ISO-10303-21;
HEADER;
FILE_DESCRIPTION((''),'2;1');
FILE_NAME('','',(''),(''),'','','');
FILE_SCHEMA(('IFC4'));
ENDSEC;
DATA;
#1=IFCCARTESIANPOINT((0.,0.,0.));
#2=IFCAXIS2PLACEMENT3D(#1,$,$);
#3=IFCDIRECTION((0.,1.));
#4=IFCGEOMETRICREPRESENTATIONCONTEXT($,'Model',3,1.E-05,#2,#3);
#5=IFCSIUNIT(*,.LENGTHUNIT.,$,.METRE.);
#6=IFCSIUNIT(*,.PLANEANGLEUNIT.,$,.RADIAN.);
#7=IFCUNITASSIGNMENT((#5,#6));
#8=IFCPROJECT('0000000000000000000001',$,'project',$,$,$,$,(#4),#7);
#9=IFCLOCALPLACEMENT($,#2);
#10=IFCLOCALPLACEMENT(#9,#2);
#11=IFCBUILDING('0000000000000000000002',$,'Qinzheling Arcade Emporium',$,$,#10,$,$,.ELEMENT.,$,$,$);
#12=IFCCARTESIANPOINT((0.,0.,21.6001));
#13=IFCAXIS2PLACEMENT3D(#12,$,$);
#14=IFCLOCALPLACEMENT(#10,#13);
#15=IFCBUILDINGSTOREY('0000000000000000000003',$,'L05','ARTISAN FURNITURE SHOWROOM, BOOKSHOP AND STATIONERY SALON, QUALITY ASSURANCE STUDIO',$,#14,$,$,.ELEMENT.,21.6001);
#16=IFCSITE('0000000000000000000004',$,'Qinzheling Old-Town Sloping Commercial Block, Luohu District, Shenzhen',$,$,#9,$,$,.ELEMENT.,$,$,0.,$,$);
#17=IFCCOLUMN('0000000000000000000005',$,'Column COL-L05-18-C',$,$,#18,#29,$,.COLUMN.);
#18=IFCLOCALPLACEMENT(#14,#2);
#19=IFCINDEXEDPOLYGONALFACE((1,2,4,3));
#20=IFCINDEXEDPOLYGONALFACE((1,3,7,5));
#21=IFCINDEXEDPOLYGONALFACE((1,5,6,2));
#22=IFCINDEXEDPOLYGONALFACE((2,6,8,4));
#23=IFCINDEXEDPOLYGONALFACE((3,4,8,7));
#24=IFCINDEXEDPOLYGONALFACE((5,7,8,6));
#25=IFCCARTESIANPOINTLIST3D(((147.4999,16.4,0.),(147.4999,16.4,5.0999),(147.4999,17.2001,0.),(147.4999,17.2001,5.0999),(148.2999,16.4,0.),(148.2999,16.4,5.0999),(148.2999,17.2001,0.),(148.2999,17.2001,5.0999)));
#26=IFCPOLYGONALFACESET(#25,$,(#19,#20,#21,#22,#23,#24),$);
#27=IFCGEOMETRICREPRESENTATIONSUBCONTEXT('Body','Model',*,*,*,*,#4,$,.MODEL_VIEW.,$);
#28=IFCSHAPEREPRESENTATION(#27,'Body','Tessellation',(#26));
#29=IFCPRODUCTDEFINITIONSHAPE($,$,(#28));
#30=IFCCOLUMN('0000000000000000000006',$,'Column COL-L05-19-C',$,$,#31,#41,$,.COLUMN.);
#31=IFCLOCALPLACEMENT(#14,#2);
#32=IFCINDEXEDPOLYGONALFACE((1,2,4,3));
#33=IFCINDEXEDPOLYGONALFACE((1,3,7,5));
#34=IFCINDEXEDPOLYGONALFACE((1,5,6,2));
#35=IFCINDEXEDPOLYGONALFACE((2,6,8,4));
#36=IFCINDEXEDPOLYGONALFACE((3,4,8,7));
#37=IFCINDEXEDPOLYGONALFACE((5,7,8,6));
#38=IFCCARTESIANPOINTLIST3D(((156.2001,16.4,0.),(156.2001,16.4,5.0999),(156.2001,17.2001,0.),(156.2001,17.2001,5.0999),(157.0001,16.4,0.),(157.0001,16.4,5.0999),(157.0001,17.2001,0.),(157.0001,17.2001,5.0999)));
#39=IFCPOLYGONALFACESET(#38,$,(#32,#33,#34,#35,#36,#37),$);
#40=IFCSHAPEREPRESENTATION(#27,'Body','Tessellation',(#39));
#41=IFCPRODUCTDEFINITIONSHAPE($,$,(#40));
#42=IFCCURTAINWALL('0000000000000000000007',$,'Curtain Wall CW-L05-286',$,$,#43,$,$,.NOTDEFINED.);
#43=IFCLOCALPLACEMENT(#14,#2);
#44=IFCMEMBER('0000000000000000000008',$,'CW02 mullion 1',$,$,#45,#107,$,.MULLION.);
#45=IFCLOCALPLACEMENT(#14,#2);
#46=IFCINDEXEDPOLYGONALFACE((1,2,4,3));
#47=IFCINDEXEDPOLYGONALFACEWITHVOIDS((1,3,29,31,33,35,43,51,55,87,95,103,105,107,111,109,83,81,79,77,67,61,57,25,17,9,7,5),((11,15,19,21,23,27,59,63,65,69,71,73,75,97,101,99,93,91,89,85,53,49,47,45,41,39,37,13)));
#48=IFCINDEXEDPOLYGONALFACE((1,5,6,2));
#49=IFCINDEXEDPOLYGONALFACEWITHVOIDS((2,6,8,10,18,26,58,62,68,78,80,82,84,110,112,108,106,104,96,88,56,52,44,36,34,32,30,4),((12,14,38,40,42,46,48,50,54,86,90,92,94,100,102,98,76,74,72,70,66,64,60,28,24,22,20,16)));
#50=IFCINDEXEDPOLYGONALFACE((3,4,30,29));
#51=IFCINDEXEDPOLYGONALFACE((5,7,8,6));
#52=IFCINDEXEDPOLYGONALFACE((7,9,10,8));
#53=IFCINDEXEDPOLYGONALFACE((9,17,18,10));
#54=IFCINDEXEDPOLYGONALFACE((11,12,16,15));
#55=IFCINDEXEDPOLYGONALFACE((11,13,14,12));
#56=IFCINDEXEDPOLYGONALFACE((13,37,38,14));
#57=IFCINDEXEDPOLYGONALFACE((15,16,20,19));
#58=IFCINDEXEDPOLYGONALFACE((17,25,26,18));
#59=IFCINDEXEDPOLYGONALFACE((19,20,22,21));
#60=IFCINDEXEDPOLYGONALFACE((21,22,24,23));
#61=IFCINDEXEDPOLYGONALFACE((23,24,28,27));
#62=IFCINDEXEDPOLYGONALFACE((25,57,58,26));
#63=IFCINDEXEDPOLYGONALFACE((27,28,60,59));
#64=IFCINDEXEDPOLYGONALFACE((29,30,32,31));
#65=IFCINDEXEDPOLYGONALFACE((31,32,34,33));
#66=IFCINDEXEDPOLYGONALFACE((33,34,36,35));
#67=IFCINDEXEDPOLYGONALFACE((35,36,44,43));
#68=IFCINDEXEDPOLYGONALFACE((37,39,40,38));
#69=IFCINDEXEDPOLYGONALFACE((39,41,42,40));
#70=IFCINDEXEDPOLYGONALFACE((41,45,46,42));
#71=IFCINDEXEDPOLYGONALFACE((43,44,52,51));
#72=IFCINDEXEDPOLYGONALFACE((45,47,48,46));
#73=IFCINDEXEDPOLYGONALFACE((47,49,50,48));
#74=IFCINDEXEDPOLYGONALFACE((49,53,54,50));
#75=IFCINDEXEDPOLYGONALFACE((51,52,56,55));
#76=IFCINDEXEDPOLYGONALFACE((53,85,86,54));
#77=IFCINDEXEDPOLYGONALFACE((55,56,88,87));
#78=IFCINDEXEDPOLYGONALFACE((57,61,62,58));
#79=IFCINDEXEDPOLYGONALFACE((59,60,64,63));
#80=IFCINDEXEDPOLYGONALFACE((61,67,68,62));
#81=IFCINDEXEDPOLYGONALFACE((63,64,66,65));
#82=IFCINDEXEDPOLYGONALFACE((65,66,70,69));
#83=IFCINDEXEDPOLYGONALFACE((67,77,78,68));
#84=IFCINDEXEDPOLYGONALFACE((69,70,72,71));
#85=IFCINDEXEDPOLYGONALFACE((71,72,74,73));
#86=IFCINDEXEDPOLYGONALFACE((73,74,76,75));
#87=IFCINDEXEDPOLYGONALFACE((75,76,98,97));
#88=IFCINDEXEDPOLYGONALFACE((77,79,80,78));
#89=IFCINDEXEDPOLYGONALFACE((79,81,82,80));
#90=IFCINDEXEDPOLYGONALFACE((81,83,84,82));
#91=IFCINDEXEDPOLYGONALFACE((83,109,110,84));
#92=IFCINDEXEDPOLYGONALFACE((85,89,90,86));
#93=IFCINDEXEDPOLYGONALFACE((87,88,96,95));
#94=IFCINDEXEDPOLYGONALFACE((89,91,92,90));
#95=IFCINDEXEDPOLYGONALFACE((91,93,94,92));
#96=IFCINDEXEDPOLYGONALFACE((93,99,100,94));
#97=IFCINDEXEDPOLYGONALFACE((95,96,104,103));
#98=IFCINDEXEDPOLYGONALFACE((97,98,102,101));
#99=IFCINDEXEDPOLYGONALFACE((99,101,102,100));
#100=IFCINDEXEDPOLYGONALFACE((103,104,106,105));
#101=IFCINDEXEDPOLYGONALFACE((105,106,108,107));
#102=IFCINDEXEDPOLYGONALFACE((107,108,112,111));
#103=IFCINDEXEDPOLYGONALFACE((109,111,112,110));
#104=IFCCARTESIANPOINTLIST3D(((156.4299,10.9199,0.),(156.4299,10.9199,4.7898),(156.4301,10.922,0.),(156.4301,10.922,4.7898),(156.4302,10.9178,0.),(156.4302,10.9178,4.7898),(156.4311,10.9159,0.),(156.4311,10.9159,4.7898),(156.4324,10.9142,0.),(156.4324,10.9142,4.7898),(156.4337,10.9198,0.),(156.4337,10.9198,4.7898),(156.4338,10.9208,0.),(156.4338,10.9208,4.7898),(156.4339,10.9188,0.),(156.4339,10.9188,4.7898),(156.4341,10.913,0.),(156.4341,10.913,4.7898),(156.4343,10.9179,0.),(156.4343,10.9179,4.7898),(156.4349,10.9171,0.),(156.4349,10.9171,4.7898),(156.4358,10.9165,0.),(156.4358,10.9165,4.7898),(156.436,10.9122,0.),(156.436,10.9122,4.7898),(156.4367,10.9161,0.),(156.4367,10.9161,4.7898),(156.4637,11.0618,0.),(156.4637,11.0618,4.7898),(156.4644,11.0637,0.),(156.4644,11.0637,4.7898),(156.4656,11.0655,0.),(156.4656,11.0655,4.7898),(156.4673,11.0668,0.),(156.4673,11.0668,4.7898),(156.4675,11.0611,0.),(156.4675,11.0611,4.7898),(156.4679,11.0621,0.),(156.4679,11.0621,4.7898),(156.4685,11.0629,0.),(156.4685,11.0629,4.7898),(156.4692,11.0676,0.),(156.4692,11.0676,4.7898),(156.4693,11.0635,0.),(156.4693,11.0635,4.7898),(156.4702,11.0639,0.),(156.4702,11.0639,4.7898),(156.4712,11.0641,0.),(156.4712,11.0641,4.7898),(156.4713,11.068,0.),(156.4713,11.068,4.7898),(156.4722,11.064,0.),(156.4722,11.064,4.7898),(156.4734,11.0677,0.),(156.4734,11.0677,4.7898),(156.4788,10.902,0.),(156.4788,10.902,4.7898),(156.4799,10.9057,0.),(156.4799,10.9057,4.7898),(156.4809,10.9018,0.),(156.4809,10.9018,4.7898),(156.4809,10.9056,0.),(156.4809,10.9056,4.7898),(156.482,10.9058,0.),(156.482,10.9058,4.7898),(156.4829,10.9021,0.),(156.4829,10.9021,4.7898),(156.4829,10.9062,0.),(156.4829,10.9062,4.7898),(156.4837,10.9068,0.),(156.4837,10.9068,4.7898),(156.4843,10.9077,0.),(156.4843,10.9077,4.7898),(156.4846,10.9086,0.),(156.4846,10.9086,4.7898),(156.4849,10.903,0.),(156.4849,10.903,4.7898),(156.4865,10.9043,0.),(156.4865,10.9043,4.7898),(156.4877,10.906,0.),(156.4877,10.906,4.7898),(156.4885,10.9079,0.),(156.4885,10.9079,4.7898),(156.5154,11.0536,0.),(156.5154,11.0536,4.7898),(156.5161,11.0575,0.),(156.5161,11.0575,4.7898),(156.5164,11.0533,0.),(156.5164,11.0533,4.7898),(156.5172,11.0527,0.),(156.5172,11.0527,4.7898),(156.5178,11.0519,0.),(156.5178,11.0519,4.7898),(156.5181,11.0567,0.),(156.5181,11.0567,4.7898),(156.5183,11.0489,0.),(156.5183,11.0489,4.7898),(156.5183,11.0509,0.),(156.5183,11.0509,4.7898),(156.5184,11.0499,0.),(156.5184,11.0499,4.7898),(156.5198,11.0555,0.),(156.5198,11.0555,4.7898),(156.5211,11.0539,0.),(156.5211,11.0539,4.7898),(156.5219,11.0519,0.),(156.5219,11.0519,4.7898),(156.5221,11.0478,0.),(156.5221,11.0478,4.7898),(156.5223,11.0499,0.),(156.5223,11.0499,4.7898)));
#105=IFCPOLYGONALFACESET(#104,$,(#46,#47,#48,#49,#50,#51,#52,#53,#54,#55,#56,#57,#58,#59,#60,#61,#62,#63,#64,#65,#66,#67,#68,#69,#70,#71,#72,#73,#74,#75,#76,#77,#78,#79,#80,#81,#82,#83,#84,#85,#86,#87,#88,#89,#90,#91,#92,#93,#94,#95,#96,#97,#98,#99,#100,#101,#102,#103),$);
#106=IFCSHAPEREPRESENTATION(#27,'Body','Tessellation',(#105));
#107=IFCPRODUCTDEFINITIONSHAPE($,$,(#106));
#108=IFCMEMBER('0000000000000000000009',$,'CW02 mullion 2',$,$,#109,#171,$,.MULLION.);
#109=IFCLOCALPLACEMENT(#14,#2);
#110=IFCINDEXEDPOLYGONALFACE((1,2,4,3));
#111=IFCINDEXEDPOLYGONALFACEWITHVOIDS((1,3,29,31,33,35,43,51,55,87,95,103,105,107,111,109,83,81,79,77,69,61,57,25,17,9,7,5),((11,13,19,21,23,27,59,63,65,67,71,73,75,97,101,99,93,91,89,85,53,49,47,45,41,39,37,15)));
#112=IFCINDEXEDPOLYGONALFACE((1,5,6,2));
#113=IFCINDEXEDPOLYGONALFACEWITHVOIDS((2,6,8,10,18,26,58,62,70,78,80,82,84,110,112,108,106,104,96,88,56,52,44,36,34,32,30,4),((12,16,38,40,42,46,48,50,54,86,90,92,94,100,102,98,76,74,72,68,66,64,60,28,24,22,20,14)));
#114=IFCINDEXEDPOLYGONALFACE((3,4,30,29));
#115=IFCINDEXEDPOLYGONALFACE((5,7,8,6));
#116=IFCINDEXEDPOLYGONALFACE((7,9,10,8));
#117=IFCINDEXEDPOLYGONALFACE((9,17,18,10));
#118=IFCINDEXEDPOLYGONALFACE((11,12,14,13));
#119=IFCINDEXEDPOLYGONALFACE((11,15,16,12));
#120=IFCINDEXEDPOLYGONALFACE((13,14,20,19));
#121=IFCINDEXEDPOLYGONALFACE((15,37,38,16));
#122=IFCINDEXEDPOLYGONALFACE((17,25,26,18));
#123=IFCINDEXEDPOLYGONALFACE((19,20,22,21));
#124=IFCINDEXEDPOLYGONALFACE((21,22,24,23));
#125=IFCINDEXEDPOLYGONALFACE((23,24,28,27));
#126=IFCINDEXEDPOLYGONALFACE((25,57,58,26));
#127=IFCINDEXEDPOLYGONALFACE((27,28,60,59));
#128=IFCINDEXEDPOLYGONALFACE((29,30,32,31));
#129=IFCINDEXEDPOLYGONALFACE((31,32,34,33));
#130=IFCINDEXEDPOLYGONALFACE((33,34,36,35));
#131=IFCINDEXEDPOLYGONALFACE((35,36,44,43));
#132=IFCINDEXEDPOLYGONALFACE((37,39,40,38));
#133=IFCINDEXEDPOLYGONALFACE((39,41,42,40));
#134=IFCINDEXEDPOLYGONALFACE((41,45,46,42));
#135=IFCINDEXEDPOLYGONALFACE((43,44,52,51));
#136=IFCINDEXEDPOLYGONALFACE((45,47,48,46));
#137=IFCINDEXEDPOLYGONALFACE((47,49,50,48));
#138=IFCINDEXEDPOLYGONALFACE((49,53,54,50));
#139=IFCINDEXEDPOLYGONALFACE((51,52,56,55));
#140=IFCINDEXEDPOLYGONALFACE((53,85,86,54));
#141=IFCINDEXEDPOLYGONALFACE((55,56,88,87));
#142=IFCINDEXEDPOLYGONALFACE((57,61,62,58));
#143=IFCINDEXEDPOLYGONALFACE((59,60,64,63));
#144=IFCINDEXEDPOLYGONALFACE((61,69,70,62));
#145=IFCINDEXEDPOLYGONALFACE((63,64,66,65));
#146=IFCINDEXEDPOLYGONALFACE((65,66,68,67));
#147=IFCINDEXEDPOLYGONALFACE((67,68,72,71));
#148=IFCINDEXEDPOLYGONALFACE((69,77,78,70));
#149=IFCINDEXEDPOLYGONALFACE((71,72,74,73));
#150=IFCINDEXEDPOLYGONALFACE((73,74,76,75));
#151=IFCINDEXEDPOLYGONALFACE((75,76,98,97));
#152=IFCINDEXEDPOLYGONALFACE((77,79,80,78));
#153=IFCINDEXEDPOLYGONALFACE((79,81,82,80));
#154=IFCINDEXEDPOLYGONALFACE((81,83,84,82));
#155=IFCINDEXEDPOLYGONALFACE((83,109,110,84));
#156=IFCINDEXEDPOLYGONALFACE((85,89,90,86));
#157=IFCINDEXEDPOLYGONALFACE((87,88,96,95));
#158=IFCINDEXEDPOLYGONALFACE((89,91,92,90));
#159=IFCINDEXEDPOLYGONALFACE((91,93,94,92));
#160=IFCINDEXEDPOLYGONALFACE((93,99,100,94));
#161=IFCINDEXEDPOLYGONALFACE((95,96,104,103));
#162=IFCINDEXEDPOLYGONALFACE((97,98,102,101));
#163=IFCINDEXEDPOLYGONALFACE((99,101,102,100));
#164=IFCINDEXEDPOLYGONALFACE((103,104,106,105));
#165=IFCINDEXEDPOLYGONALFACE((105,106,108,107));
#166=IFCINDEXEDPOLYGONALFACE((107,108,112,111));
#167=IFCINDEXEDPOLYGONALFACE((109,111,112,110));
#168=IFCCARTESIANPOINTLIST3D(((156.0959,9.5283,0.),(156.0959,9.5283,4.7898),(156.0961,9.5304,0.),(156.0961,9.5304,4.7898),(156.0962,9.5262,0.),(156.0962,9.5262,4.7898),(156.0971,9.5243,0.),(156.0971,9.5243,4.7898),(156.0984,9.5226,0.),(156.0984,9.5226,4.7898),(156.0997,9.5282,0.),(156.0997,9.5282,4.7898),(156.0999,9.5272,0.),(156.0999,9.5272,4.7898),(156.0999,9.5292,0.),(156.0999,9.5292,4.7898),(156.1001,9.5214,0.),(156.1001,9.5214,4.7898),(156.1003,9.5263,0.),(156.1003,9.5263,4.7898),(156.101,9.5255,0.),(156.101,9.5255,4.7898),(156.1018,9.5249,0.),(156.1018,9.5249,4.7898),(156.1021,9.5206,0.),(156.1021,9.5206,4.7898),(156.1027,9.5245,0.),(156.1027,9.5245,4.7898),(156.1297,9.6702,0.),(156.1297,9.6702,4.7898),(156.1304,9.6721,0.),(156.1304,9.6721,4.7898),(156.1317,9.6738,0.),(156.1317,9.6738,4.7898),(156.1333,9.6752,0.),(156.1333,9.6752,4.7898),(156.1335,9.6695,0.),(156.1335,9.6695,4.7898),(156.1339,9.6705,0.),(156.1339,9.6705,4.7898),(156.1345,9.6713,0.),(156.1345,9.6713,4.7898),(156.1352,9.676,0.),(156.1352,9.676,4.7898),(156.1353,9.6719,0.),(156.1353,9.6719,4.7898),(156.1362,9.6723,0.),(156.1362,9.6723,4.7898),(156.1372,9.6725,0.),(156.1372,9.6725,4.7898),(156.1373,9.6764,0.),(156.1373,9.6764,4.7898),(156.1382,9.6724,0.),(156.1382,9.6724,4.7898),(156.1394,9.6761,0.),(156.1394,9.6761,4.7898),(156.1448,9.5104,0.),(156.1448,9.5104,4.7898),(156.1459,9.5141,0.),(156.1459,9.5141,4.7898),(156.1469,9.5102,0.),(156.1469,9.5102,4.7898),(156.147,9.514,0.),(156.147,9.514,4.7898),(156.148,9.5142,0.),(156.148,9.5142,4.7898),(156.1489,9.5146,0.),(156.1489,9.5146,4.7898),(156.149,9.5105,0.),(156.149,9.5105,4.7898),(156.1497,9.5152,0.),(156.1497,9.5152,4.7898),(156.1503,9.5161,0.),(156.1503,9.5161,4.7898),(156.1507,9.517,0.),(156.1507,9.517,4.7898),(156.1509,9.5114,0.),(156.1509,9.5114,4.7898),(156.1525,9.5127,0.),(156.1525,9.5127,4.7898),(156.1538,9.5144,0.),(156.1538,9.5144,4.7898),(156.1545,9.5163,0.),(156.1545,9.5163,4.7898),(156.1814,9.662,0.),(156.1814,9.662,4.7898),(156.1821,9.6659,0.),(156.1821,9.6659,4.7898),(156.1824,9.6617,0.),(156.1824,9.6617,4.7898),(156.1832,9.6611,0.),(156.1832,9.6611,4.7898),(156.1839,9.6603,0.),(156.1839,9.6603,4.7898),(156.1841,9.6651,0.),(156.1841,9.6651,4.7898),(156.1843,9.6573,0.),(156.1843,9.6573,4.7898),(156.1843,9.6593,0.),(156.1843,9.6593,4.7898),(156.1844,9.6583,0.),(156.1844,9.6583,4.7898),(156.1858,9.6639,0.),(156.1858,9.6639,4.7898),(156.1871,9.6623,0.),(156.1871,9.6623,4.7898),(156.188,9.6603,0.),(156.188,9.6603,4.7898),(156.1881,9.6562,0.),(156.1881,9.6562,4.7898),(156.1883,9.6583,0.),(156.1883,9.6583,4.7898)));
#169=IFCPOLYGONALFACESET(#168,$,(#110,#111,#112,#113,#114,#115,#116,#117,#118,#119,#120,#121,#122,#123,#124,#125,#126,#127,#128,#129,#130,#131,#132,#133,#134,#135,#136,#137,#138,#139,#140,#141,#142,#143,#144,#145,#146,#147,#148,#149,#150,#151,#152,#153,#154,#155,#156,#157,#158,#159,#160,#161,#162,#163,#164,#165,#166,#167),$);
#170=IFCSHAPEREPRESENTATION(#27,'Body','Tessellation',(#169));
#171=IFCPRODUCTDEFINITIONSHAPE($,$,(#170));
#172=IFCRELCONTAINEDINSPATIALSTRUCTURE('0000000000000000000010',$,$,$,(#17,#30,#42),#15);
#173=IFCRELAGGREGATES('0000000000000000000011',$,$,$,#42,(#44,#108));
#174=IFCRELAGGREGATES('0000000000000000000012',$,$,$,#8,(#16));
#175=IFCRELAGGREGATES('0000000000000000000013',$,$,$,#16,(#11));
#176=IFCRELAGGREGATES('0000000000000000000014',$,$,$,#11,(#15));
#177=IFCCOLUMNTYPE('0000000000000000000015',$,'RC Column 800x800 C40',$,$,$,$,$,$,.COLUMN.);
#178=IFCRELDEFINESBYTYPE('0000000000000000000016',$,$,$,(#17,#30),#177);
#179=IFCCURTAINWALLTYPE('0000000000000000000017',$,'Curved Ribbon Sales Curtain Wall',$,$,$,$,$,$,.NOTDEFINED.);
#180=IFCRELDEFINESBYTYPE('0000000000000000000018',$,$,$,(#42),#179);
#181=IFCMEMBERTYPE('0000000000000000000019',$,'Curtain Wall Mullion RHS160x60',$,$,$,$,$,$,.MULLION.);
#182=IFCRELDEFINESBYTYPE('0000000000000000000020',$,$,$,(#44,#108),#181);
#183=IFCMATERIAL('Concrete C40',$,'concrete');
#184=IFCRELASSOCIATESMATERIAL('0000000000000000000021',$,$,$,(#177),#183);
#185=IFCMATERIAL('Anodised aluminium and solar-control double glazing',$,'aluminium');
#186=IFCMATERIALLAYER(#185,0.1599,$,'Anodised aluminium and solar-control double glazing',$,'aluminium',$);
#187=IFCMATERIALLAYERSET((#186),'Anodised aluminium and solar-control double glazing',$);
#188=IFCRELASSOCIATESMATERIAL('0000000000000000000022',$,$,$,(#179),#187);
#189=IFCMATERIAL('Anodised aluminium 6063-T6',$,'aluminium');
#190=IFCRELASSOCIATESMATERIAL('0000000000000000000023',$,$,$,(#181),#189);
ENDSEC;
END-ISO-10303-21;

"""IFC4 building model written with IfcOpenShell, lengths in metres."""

from ifc_helpers import new_model, si_unit, direction, frame, origin, origin_2d, place, context, subcontext, project, spatial, rectangle, hollow_rectangle, extrude, material, layer, layer_set, material_profile, profile_set, type_object, element, aggregate, save


model = new_model("IFC4")

# Units and contexts
model_context = context("Model", 3, precision=1e-05, world=origin(), true_north=direction((0.0, 1.0)))
body_context = subcontext(model_context, "Body", "Model", "MODEL_VIEW")
ifc_project = project(units=[si_unit("LENGTHUNIT", "METRE"), si_unit("PLANEANGLEUNIT", "RADIAN")], contexts=[model_context])

# Site, building, storey
site_placement = place(None, origin())
site = spatial("IfcSite", under=ifc_project, at=site_placement, Name="Qinzheling Old-Town Sloping Commercial Block, Luohu District, Shenzhen", CompositionType="ELEMENT", RefElevation=0.0)
building_placement = place(site_placement, origin())
building = spatial("IfcBuilding", under=site, at=building_placement, Name="Qinzheling Arcade Emporium", CompositionType="ELEMENT")
storey_placement = place(building_placement, frame((0.0, 0.0, 21.6001)))
storey = spatial("IfcBuildingStorey", under=building, at=storey_placement, Name="L05", Description="ARTISAN FURNITURE SHOWROOM, BOOKSHOP AND STATIONERY SALON, QUALITY ASSURANCE STUDIO", CompositionType="ELEMENT", Elevation=21.6001)

# Columns
ifc_material_1 = material(Name="Concrete C40", Category="concrete")
ifc_material_profile_1 = material_profile(ifc_material_1, rectangle(XDim=0.8, YDim=0.8, at=origin_2d()), Name="RC 800x800", Category="concrete")
ifc_profile_set_1 = profile_set([ifc_material_profile_1], Name="Concrete C40")
column_type = type_object("IfcColumnType", Name="RC Column 800x800 C40", PredefinedType="COLUMN", material=ifc_profile_set_1)
for number, where, z_axis, x_axis, name in (
    (1, (147.8999, 16.8, 0.0), (0.0, 0.0, 1.0), (1.0, 0.0, 0.0), "Column COL-L05-18-C"),
    (2, (156.6001, 16.8, 0.0), (0.0, 0.0, 1.0), (1.0, 0.0, 0.0), "Column COL-L05-19-C"),
):
    element("IfcColumn", number, at=place(storey_placement, frame(where, z_axis=z_axis, x_axis=x_axis)), inside=storey, type_object=column_type, Name=name, PredefinedType="COLUMN", context=body_context, shape_type="SweptSolid", body=[
        extrude(rectangle(XDim=0.8, YDim=0.8, at=origin_2d()), origin(), (0.0, 0.0, 1.0), 5.0999),
    ])

# Curtain wall, members
ifc_material_2 = material(Name="Anodised aluminium and solar-control double glazing", Category="aluminium")
ifc_layer_1 = layer(ifc_material_2, 0.1599, Name="Anodised aluminium and solar-control double glazing", Category="aluminium")
ifc_layer_set_1 = layer_set([ifc_layer_1], Name="Anodised aluminium and solar-control double glazing")
curtain_wall_type_1 = type_object("IfcCurtainWallType", Name="Curved Ribbon Sales Curtain Wall", PredefinedType="NOTDEFINED", material=ifc_layer_set_1)
curtain_wall_1_placement = place(storey_placement, origin())
curtain_wall_1 = element("IfcCurtainWall", 3, at=curtain_wall_1_placement, inside=storey, type_object=curtain_wall_type_1, Name="Curtain Wall CW-L05-286", PredefinedType="NOTDEFINED")
ifc_material_3 = material(Name="Anodised aluminium 6063-T6", Category="aluminium")
ifc_material_profile_2 = material_profile(ifc_material_3, hollow_rectangle(XDim=0.0601, YDim=0.1599, WallThickness=0.0039, InnerFilletRadius=0.0039, OuterFilletRadius=0.0081, at=origin_2d()), Name="RHS 160x60x4", Category="aluminium")
ifc_profile_set_2 = profile_set([ifc_material_profile_2], Name="Anodised aluminium 6063-T6")
member_type_1 = type_object("IfcMemberType", Name="Curtain Wall Mullion RHS160x60", PredefinedType="MULLION", material=ifc_profile_set_2)
member_1_placement = place(storey_placement, frame((156.4761, 10.9849, 0.0), z_axis=(0.0, 0.0, 1.0), x_axis=(0.972387, -0.233373, 0.0)))
member_1 = element("IfcMember", 4, at=member_1_placement, type_object=member_type_1, Name="CW02 mullion 1", PredefinedType="MULLION", context=body_context, shape_type="SweptSolid", body=[
    extrude(hollow_rectangle(XDim=0.0601, YDim=0.1599, WallThickness=0.0039, InnerFilletRadius=0.0039, OuterFilletRadius=0.0081, at=origin_2d()), origin(), (0.0, 0.0, 1.0), 4.7898),
])
member_2_placement = place(storey_placement, frame((156.1421, 9.5933, 0.0), z_axis=(0.0, 0.0, 1.0), x_axis=(0.972387, -0.233373, 0.0)))
member_2 = element("IfcMember", 5, at=member_2_placement, type_object=member_type_1, Name="CW02 mullion 2", PredefinedType="MULLION", context=body_context, shape_type="SweptSolid", body=[
    extrude(hollow_rectangle(XDim=0.0601, YDim=0.1599, WallThickness=0.0039, InnerFilletRadius=0.0039, OuterFilletRadius=0.0081, at=origin_2d()), origin(), (0.0, 0.0, 1.0), 4.7898),
])

aggregate(curtain_wall_1, [member_1, member_2])

save(model, "model.ifc")
